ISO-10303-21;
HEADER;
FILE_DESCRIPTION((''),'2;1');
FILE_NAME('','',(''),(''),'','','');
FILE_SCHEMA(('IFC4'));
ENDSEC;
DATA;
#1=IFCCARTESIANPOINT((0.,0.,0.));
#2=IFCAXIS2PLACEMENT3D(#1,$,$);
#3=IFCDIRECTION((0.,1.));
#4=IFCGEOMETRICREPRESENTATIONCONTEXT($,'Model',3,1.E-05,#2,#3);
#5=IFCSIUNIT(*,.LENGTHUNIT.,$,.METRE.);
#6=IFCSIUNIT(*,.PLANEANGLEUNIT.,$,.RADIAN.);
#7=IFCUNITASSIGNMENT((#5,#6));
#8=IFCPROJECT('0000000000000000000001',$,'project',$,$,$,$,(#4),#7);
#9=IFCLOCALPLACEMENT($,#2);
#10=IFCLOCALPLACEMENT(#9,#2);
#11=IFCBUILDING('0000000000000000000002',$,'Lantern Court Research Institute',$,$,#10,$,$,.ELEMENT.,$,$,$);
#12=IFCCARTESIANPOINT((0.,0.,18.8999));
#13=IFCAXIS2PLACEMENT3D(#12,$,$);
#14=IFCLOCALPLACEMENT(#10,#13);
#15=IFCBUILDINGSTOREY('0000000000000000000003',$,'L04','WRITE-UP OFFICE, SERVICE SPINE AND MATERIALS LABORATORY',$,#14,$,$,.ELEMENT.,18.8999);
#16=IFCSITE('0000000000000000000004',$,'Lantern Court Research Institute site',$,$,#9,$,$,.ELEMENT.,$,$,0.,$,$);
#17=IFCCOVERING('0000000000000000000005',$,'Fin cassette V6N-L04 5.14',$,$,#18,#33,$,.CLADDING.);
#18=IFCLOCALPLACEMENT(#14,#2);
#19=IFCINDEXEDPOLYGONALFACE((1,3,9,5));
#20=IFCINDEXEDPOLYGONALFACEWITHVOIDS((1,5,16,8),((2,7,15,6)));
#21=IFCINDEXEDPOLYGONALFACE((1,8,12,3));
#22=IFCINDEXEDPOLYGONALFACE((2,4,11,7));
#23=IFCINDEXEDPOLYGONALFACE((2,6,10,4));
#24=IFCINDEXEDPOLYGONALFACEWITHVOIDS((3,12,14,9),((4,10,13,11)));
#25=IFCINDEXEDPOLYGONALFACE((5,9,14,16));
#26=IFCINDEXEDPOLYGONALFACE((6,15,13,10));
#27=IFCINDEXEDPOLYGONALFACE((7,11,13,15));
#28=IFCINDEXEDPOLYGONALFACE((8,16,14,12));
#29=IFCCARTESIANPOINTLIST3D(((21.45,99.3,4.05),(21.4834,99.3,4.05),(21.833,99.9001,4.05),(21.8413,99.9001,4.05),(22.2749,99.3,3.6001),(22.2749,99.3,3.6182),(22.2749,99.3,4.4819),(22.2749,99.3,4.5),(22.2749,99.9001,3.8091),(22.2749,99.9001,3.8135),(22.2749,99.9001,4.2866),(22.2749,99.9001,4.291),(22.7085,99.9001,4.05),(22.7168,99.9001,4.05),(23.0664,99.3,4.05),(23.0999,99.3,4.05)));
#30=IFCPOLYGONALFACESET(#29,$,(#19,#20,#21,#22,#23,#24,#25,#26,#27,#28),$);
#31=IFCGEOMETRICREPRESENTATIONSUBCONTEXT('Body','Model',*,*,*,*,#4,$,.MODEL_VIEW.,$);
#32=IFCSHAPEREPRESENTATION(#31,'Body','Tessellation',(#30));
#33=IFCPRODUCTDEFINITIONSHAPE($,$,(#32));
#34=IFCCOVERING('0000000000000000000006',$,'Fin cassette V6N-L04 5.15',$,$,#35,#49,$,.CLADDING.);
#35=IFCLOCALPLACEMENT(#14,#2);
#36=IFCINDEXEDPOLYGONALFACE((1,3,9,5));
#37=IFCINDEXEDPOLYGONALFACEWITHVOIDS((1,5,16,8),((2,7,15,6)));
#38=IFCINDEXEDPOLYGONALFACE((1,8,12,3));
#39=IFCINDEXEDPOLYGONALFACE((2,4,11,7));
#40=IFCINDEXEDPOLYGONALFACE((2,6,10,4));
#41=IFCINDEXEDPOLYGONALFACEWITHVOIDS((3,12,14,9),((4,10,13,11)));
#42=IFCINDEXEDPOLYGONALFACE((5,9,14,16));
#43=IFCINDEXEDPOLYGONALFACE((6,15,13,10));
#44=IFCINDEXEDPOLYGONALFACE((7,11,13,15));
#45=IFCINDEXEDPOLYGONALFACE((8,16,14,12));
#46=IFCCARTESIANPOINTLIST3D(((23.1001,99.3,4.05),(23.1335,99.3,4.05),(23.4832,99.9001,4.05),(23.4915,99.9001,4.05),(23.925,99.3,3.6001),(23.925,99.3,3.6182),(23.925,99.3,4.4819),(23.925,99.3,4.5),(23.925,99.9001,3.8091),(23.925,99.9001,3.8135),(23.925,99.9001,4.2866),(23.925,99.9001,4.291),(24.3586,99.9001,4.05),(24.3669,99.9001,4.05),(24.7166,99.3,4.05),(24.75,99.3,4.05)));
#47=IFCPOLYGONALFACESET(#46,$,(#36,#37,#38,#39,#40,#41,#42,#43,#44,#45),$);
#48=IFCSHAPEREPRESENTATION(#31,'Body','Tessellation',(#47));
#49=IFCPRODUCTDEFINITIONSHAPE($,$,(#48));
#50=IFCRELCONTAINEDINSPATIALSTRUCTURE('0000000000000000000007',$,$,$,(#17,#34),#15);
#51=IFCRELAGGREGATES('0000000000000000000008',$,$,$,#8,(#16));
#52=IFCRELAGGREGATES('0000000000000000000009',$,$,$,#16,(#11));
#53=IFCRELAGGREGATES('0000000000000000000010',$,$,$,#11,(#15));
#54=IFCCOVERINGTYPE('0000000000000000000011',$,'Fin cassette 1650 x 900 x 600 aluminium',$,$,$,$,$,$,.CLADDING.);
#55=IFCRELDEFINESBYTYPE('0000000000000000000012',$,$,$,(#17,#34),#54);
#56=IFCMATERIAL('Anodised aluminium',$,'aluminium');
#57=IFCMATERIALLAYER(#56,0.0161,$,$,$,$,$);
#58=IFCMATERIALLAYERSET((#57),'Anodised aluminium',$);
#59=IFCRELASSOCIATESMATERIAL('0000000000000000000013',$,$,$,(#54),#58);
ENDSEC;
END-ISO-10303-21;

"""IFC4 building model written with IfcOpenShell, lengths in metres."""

from ifc_helpers import new_model, entity, si_unit, direction, frame, origin, place, context, subcontext, project, spatial, material, layer, layer_set, type_object, element, save


model = new_model("IFC4")

# Units and contexts
model_context = context("Model", 3, precision=1e-05, world=origin(), true_north=direction((0.0, 1.0)))
body_context = subcontext(model_context, "Body", "Model", "MODEL_VIEW")
ifc_project = project(units=[si_unit("LENGTHUNIT", "METRE"), si_unit("PLANEANGLEUNIT", "RADIAN")], contexts=[model_context])

# Site, building, storey
site_placement = place(None, origin())
site = spatial("IfcSite", under=ifc_project, at=site_placement, Name="Lantern Court Research Institute site", CompositionType="ELEMENT", RefElevation=0.0)
building_placement = place(site_placement, origin())
building = spatial("IfcBuilding", under=site, at=building_placement, Name="Lantern Court Research Institute", CompositionType="ELEMENT")
storey_placement = place(building_placement, frame((0.0, 0.0, 18.8999)))
storey = spatial("IfcBuildingStorey", under=building, at=storey_placement, Name="L04", Description="WRITE-UP OFFICE, SERVICE SPINE AND MATERIALS LABORATORY", CompositionType="ELEMENT", Elevation=18.8999)

# Coverings
ifc_material_1 = material(Name="Anodised aluminium", Category="aluminium")
ifc_layer_1 = layer(ifc_material_1, 0.0161)
ifc_layer_set_1 = layer_set([ifc_layer_1], Name="Anodised aluminium")
covering_type_1 = type_object("IfcCoveringType", Name="Fin cassette 1650 x 900 x 600 aluminium", PredefinedType="CLADDING", material=ifc_layer_set_1)
covering_1_placement = place(storey_placement, frame((22.2749, 99.3, 4.05), z_axis=(0.0, 1.0, 0.0), x_axis=(-1.0, 0.0, 0.0)))
cartesian_point_1 = entity("IfcCartesianPoint", [0.825, 0.0])
cartesian_point_2 = entity("IfcCartesianPoint", [0.7915, 0.0])
cartesian_point_3 = entity("IfcCartesianPoint", [0.4419, 0.0])
cartesian_point_4 = entity("IfcCartesianPoint", [0.4336, 0.0])
element("IfcCovering", 1, at=covering_1_placement, inside=storey, type_object=covering_type_1, Name="Fin cassette V6N-L04 5.14", PredefinedType="CLADDING", context=body_context, shape_type="SweptSolid", body=[
    entity("IfcExtrudedAreaSolidTapered", entity("IfcArbitraryProfileDefWithVoids", "AREA", None, entity("IfcPolyline", [cartesian_point_1, entity("IfcCartesianPoint", [0.0, 0.45]), entity("IfcCartesianPoint", [-0.825, 0.0]), entity("IfcCartesianPoint", [0.0, -0.45]), cartesian_point_1]), [entity("IfcPolyline", [cartesian_point_2, entity("IfcCartesianPoint", [0.0, 0.4319]), entity("IfcCartesianPoint", [-0.7915, 0.0]), entity("IfcCartesianPoint", [0.0, -0.4319]), cartesian_point_2])]), entity("IfcAxis2Placement3D", entity("IfcCartesianPoint", [0.0, 0.0, 0.0])), entity("IfcDirection", [0.0, 0.0, 1.0]), 0.6001, entity("IfcArbitraryProfileDefWithVoids", "AREA", None, entity("IfcPolyline", [cartesian_point_3, entity("IfcCartesianPoint", [0.0, 0.241]), entity("IfcCartesianPoint", [-0.4419, 0.0]), entity("IfcCartesianPoint", [0.0, -0.241]), cartesian_point_3]), [entity("IfcPolyline", [cartesian_point_4, entity("IfcCartesianPoint", [0.0, 0.2366]), entity("IfcCartesianPoint", [-0.4336, 0.0]), entity("IfcCartesianPoint", [0.0, -0.2366]), cartesian_point_4])])),
])
covering_2_placement = place(storey_placement, frame((23.925, 99.3, 4.05), z_axis=(0.0, 1.0, 0.0), x_axis=(-1.0, 0.0, 0.0)))
cartesian_point_5 = entity("IfcCartesianPoint", [0.825, 0.0])
cartesian_point_6 = entity("IfcCartesianPoint", [0.7915, 0.0])
cartesian_point_7 = entity("IfcCartesianPoint", [0.4419, 0.0])
cartesian_point_8 = entity("IfcCartesianPoint", [0.4336, 0.0])
element("IfcCovering", 2, at=covering_2_placement, inside=storey, type_object=covering_type_1, Name="Fin cassette V6N-L04 5.15", PredefinedType="CLADDING", context=body_context, shape_type="SweptSolid", body=[
    entity("IfcExtrudedAreaSolidTapered", entity("IfcArbitraryProfileDefWithVoids", "AREA", None, entity("IfcPolyline", [cartesian_point_5, entity("IfcCartesianPoint", [0.0, 0.45]), entity("IfcCartesianPoint", [-0.825, 0.0]), entity("IfcCartesianPoint", [0.0, -0.45]), cartesian_point_5]), [entity("IfcPolyline", [cartesian_point_6, entity("IfcCartesianPoint", [0.0, 0.4319]), entity("IfcCartesianPoint", [-0.7915, 0.0]), entity("IfcCartesianPoint", [0.0, -0.4319]), cartesian_point_6])]), entity("IfcAxis2Placement3D", entity("IfcCartesianPoint", [0.0, 0.0, 0.0])), entity("IfcDirection", [0.0, 0.0, 1.0]), 0.6001, entity("IfcArbitraryProfileDefWithVoids", "AREA", None, entity("IfcPolyline", [cartesian_point_7, entity("IfcCartesianPoint", [0.0, 0.241]), entity("IfcCartesianPoint", [-0.4419, 0.0]), entity("IfcCartesianPoint", [0.0, -0.241]), cartesian_point_7]), [entity("IfcPolyline", [cartesian_point_8, entity("IfcCartesianPoint", [0.0, 0.2366]), entity("IfcCartesianPoint", [-0.4336, 0.0]), entity("IfcCartesianPoint", [0.0, -0.2366]), cartesian_point_8])])),
])

save(model, "model.ifc")
